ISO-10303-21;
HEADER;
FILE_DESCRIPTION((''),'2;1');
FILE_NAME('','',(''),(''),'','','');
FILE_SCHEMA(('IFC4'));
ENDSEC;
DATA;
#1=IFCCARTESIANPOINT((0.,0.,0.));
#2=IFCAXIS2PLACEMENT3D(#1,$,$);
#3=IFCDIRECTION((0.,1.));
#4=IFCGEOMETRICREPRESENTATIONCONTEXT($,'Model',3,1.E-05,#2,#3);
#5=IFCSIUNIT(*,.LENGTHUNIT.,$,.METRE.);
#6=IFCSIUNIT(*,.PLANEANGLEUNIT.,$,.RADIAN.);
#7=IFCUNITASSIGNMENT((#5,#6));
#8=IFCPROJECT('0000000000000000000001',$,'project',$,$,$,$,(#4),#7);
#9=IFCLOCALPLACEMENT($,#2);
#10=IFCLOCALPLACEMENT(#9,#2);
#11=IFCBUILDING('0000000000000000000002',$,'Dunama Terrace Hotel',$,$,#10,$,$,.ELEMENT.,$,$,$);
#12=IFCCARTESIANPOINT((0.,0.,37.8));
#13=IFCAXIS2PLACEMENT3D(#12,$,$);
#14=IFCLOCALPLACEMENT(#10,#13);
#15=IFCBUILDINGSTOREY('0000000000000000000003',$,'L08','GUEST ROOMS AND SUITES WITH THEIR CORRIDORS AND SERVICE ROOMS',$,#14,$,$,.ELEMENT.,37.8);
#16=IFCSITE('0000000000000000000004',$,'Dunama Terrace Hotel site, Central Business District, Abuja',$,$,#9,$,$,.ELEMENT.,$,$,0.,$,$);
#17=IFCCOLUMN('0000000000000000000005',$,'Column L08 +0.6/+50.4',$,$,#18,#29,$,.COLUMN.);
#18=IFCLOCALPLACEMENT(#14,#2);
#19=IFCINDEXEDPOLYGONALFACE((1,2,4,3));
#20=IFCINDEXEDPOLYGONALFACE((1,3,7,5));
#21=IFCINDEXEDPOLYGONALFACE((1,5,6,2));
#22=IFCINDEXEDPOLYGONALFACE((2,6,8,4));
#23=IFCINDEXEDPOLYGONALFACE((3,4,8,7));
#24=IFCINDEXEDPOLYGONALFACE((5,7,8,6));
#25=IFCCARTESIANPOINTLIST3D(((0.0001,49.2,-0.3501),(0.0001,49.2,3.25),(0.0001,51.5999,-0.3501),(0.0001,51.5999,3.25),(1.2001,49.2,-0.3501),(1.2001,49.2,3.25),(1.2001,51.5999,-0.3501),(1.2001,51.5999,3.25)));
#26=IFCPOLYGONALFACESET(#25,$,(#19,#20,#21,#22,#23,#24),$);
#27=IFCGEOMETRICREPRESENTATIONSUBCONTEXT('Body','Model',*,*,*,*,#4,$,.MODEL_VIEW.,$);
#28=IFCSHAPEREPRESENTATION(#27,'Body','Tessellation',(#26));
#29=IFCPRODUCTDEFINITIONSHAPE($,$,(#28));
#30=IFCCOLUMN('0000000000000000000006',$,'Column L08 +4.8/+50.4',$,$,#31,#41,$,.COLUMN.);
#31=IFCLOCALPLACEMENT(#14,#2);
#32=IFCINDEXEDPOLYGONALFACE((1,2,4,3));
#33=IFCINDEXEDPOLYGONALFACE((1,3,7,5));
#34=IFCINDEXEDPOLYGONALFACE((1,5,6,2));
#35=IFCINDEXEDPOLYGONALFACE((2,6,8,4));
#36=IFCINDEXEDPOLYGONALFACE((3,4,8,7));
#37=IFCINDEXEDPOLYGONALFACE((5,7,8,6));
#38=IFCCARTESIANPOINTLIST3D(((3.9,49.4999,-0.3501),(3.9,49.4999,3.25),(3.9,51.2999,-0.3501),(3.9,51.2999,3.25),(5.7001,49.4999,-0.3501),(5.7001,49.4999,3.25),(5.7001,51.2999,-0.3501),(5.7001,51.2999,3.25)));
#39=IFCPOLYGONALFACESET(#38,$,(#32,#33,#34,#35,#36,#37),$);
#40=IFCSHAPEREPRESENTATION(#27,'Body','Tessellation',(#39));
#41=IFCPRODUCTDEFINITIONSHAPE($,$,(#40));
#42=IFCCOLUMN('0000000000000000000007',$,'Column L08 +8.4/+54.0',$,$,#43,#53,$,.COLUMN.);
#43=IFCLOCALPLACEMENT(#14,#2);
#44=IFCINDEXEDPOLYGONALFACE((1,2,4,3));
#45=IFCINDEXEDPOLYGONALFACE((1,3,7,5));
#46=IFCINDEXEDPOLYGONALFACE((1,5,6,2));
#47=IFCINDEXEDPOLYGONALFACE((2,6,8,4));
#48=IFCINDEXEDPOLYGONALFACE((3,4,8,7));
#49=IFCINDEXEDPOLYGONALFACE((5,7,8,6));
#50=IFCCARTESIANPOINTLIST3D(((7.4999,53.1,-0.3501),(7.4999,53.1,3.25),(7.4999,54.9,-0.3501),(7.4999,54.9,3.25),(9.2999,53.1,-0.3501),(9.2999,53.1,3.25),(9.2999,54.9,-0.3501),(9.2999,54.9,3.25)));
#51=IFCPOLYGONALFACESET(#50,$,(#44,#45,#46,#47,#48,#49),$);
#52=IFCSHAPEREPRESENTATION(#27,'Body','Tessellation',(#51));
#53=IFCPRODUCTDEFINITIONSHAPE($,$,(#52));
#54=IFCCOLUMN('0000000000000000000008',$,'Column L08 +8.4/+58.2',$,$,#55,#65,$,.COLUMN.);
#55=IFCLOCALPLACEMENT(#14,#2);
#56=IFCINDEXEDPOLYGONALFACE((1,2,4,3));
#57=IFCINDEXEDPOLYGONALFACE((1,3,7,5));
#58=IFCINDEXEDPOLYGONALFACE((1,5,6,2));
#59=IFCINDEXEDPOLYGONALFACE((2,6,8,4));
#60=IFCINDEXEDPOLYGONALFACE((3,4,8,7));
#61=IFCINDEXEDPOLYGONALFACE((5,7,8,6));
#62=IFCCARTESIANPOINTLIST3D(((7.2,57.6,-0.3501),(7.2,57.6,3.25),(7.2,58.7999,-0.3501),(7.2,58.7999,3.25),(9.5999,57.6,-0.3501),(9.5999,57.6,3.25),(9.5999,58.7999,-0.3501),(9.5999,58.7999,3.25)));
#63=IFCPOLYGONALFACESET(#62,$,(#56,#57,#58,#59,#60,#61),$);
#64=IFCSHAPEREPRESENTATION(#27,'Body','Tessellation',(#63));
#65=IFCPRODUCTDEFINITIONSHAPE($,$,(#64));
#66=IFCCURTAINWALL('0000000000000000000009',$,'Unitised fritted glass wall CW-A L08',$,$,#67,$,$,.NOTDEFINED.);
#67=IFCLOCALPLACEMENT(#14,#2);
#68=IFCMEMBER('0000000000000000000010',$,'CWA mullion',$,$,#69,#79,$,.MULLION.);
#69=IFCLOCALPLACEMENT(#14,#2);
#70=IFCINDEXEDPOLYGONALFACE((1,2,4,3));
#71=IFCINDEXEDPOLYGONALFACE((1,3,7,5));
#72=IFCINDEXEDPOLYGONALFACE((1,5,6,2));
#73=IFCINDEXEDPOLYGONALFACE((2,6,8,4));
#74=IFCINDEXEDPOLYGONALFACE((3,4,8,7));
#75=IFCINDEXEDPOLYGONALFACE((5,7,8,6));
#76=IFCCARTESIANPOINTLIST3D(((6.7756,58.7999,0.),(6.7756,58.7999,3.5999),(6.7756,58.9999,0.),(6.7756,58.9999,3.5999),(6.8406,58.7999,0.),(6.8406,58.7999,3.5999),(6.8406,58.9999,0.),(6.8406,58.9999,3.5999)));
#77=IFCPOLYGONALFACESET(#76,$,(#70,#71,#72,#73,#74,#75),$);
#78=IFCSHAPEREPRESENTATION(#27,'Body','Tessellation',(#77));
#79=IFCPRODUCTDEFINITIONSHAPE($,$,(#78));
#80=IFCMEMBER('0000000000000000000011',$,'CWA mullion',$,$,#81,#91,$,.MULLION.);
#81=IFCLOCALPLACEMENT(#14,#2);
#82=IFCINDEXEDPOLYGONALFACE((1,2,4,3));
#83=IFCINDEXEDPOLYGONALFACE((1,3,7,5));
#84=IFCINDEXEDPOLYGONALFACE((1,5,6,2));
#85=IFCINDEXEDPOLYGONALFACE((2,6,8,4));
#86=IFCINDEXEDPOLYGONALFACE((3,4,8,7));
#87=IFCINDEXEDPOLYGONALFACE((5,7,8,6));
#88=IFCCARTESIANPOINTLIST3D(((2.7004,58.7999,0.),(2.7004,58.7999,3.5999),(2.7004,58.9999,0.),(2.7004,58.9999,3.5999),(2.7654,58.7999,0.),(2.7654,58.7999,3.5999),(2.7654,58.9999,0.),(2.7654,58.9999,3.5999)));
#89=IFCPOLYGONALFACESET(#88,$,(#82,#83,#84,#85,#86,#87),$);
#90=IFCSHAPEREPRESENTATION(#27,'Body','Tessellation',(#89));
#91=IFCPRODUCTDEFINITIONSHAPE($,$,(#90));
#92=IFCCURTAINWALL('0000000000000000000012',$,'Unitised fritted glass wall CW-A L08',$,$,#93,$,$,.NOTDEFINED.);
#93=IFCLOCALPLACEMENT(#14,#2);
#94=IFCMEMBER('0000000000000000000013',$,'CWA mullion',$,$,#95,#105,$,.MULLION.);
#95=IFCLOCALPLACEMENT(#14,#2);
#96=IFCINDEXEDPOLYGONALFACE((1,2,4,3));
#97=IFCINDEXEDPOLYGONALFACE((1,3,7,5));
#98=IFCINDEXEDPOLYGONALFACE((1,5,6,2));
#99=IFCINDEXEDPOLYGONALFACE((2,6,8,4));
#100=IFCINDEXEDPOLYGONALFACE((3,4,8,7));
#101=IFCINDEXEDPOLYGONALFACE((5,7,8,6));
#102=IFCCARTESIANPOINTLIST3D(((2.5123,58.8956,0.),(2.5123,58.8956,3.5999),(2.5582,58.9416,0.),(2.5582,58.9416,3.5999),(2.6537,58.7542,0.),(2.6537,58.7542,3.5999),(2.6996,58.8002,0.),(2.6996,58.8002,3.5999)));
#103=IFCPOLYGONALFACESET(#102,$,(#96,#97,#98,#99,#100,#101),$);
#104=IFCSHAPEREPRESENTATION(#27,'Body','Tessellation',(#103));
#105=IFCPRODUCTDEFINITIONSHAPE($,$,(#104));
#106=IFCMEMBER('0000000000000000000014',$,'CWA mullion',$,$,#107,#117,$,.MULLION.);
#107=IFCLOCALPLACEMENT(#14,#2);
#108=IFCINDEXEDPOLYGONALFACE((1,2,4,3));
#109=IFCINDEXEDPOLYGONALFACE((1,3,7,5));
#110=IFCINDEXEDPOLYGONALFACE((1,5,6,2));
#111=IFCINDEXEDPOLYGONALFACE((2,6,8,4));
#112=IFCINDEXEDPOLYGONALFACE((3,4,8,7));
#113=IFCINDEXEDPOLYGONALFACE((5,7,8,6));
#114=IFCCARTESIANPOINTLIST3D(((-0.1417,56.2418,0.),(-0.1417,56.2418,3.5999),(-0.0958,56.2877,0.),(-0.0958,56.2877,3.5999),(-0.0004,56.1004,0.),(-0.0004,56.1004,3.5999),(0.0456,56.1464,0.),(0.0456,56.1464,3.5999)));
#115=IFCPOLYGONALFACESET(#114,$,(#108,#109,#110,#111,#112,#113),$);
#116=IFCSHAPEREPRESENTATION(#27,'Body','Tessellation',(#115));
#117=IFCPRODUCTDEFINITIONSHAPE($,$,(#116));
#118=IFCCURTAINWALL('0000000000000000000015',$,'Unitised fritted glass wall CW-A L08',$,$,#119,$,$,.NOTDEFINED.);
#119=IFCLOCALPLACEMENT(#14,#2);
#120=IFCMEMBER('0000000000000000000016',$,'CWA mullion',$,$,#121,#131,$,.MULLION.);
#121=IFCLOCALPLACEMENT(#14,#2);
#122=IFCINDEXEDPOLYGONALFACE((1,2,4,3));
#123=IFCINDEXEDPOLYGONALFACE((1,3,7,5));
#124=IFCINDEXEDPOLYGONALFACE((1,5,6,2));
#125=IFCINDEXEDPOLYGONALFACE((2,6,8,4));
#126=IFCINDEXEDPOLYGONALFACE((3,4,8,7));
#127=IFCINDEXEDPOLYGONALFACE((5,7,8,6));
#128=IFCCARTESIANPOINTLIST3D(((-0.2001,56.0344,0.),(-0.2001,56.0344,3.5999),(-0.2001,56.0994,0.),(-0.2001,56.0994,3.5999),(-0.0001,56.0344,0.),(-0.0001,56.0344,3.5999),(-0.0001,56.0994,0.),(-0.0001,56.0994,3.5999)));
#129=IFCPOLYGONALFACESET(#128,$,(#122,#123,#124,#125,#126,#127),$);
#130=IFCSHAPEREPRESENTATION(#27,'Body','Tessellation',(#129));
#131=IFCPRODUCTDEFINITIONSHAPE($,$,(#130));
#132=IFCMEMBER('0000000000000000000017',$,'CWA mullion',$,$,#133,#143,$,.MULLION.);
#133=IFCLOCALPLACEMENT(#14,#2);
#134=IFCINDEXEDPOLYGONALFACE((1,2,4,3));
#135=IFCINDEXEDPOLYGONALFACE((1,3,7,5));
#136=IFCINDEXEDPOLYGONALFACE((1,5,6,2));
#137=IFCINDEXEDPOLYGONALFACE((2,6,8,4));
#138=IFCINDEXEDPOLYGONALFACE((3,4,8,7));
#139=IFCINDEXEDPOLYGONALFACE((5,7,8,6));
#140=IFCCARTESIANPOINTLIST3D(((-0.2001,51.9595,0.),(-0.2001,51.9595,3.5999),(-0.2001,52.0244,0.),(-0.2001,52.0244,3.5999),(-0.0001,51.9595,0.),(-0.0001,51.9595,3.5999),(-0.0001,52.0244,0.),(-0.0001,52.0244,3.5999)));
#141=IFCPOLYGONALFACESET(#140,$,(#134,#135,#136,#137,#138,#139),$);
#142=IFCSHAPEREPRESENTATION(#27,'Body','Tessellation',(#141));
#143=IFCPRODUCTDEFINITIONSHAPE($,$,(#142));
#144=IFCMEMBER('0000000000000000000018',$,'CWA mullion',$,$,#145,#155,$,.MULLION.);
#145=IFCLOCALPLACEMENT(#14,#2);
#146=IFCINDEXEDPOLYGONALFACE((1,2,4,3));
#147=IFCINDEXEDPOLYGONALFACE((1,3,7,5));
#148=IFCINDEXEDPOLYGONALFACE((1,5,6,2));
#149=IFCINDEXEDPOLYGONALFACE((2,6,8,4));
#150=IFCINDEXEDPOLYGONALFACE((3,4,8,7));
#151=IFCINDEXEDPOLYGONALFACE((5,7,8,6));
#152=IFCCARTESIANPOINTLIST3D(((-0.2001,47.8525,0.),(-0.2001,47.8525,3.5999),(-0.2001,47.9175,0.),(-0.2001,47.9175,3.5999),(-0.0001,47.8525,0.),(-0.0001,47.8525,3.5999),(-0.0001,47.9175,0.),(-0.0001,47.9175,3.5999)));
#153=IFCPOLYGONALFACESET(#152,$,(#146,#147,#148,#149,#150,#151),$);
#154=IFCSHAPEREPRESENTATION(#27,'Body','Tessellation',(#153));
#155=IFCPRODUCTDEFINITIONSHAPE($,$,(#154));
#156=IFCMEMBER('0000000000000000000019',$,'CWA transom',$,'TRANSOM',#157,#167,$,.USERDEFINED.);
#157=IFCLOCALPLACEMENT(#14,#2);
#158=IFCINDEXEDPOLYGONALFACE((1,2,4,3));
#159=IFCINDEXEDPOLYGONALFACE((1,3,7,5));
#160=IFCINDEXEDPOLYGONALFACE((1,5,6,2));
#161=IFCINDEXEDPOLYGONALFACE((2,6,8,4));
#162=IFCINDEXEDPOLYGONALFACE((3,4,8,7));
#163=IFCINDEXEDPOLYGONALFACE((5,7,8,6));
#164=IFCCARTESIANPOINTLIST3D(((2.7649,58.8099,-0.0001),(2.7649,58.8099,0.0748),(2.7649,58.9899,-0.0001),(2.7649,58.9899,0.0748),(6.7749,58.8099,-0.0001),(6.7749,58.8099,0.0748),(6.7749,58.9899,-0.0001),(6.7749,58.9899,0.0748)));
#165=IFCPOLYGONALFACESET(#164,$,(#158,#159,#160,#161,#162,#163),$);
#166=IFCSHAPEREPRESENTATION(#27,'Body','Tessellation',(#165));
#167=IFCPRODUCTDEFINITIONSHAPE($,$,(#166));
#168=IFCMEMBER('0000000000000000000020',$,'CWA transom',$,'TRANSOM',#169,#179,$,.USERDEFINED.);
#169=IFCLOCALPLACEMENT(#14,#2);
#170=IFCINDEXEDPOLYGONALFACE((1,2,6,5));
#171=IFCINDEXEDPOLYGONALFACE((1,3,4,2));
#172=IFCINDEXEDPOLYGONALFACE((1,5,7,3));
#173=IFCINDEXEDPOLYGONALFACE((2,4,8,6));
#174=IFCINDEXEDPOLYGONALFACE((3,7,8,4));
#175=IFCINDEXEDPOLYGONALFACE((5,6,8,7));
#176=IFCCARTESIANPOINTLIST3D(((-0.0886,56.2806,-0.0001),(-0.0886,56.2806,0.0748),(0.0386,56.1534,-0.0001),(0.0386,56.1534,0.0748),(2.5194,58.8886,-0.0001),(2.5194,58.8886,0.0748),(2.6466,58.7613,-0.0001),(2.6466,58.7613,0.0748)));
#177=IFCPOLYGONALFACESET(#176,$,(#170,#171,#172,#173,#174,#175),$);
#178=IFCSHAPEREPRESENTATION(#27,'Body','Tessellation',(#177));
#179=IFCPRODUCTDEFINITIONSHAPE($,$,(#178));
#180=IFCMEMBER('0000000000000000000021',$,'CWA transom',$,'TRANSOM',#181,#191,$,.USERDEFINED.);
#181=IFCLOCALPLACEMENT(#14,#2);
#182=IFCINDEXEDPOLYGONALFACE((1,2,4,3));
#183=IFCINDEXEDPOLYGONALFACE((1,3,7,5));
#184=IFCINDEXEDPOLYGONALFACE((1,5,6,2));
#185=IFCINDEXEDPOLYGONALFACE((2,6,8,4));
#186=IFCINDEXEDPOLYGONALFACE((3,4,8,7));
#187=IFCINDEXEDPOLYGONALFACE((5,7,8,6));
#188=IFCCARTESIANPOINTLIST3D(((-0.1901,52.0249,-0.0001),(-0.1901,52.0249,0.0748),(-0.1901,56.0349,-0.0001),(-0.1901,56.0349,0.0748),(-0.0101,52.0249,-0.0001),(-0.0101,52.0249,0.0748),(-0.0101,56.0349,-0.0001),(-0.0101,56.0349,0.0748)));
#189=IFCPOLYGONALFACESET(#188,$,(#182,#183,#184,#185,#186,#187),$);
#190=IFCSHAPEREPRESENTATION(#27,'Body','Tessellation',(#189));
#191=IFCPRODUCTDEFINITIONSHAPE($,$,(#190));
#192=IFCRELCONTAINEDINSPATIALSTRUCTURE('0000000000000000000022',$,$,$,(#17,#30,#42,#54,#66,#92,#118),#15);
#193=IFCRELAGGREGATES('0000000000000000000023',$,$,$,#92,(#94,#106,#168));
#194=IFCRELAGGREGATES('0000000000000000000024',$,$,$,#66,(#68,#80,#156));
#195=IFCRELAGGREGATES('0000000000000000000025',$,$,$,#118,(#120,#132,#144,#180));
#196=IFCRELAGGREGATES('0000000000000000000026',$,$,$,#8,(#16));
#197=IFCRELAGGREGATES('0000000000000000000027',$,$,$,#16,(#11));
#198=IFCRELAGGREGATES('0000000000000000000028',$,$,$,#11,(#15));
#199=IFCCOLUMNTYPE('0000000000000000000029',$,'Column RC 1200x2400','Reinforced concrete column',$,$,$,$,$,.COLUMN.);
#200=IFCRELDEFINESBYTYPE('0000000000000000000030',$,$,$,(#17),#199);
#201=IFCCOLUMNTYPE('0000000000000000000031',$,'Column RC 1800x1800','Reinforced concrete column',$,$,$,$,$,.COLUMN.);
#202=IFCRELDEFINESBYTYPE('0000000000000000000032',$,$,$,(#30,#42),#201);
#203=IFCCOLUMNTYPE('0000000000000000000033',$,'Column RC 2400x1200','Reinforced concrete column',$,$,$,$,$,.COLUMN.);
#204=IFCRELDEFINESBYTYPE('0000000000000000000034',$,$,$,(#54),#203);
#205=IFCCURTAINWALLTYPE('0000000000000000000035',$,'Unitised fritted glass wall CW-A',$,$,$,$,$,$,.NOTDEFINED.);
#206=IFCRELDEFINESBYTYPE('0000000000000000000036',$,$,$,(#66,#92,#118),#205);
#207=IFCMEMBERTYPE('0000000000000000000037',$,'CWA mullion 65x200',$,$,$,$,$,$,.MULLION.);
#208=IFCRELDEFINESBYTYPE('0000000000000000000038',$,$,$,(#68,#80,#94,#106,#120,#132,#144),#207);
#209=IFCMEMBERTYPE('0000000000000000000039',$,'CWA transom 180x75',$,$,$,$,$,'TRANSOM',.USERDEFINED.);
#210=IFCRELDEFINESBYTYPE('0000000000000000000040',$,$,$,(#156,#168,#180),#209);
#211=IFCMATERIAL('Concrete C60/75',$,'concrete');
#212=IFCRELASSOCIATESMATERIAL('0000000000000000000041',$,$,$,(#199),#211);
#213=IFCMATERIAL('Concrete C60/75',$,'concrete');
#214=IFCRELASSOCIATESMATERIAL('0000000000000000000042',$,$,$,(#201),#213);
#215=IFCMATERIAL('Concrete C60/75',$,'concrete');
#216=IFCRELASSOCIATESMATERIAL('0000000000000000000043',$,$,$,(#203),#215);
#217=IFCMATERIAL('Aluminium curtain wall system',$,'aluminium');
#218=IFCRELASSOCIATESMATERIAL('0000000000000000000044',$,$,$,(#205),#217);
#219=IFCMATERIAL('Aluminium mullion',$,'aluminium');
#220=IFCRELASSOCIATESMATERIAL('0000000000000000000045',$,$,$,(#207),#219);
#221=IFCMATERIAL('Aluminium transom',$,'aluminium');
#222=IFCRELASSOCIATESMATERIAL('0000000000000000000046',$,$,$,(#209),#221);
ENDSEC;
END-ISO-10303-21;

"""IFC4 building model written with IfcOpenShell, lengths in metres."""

from ifc_helpers import new_model, si_unit, direction, frame, origin, origin_2d, place, context, subcontext, project, spatial, rectangle, extrude, material, material_profile, profile_set, type_object, element, aggregate, save


model = new_model("IFC4")

# Units and contexts
model_context = context("Model", 3, precision=1e-05, world=origin(), true_north=direction((0.0, 1.0)))
body_context = subcontext(model_context, "Body", "Model", "MODEL_VIEW")
ifc_project = project(units=[si_unit("LENGTHUNIT", "METRE"), si_unit("PLANEANGLEUNIT", "RADIAN")], contexts=[model_context])

# Site, building, storey
site_placement = place(None, origin())
site = spatial("IfcSite", under=ifc_project, at=site_placement, Name="Dunama Terrace Hotel site, Central Business District, Abuja", CompositionType="ELEMENT", RefElevation=0.0)
building_placement = place(site_placement, origin())
building = spatial("IfcBuilding", under=site, at=building_placement, Name="Dunama Terrace Hotel", CompositionType="ELEMENT")
storey_placement = place(building_placement, frame((0.0, 0.0, 37.8)))
storey = spatial("IfcBuildingStorey", under=building, at=storey_placement, Name="L08", Description="GUEST ROOMS AND SUITES WITH THEIR CORRIDORS AND SERVICE ROOMS", CompositionType="ELEMENT", Elevation=37.8)

# Columns
ifc_material_1 = material(Name="Concrete C60/75", Category="concrete")
ifc_material_profile_1 = material_profile(ifc_material_1, rectangle(XDim=1.2, YDim=2.3999, at=origin_2d()), Name="RC 1200x2400")
ifc_profile_set_1 = profile_set([ifc_material_profile_1], Name="Concrete C60/75")
column_type_1 = type_object("IfcColumnType", Name="Column RC 1200x2400", Description="Reinforced concrete column", PredefinedType="COLUMN", material=ifc_profile_set_1)
column_1_placement = place(storey_placement, frame((0.6001, 50.3999, -0.3501), z_axis=(0.0, 0.0, 1.0), x_axis=(1.0, 0.0, 0.0)))
element("IfcColumn", 1, at=column_1_placement, inside=storey, type_object=column_type_1, Name="Column L08 +0.6/+50.4", PredefinedType="COLUMN", context=body_context, shape_type="SweptSolid", body=[
    extrude(rectangle(XDim=1.2, YDim=2.3999, at=origin_2d()), origin(), (0.0, 0.0, 1.0), 3.6001),
])
ifc_material_2 = material(Name="Concrete C60/75", Category="concrete")
ifc_material_profile_2 = material_profile(ifc_material_2, rectangle(XDim=1.8, YDim=1.8, at=origin_2d()), Name="RC 1800x1800")
ifc_profile_set_2 = profile_set([ifc_material_profile_2], Name="Concrete C60/75")
column_type_2 = type_object("IfcColumnType", Name="Column RC 1800x1800", Description="Reinforced concrete column", PredefinedType="COLUMN", material=ifc_profile_set_2)
for number, where, z_axis, x_axis, name in (
    (2, (4.8, 50.3999, -0.3501), (0.0, 0.0, 1.0), (1.0, 0.0, 0.0), "Column L08 +4.8/+50.4"),
    (3, (8.3999, 54.0, -0.3501), (0.0, 0.0, 1.0), (1.0, 0.0, 0.0), "Column L08 +8.4/+54.0"),
):
    element("IfcColumn", number, at=place(storey_placement, frame(where, z_axis=z_axis, x_axis=x_axis)), inside=storey, type_object=column_type_2, Name=name, PredefinedType="COLUMN", context=body_context, shape_type="SweptSolid", body=[
        extrude(rectangle(XDim=1.8, YDim=1.8, at=origin_2d()), origin(), (0.0, 0.0, 1.0), 3.6001),
    ])
ifc_material_3 = material(Name="Concrete C60/75", Category="concrete")
ifc_material_profile_3 = material_profile(ifc_material_3, rectangle(XDim=2.3999, YDim=1.2, at=origin_2d()), Name="RC 2400x1200")
ifc_profile_set_3 = profile_set([ifc_material_profile_3], Name="Concrete C60/75")
column_type_3 = type_object("IfcColumnType", Name="Column RC 2400x1200", Description="Reinforced concrete column", PredefinedType="COLUMN", material=ifc_profile_set_3)
column_2_placement = place(storey_placement, frame((8.3999, 58.2, -0.3501), z_axis=(0.0, 0.0, 1.0), x_axis=(1.0, 0.0, 0.0)))
element("IfcColumn", 4, at=column_2_placement, inside=storey, type_object=column_type_3, Name="Column L08 +8.4/+58.2", PredefinedType="COLUMN", context=body_context, shape_type="SweptSolid", body=[
    extrude(rectangle(XDim=2.3999, YDim=1.2, at=origin_2d()), origin(), (0.0, 0.0, 1.0), 3.6001),
])

# Curtain walls, members
ifc_material_4 = material(Name="Aluminium curtain wall system", Category="aluminium")
curtain_wall_type = type_object("IfcCurtainWallType", Name="Unitised fritted glass wall CW-A", PredefinedType="NOTDEFINED", material=ifc_material_4)
curtain_wall_1_placement = place(storey_placement, origin())
curtain_wall_1 = element("IfcCurtainWall", 5, at=curtain_wall_1_placement, inside=storey, type_object=curtain_wall_type, Name="Unitised fritted glass wall CW-A L08", PredefinedType="NOTDEFINED")
ifc_material_5 = material(Name="Aluminium mullion", Category="aluminium")
ifc_material_profile_4 = material_profile(ifc_material_5, rectangle(XDim=0.0649, YDim=0.2, at=origin_2d()), Name="CWA MULLION 65X200")
ifc_profile_set_4 = profile_set([ifc_material_profile_4], Name="Aluminium mullion")
member_type_1 = type_object("IfcMemberType", Name="CWA mullion 65x200", PredefinedType="MULLION", material=ifc_profile_set_4)
member_1_placement = place(storey_placement, frame((6.8081, 58.8999, 0.0), z_axis=(0.0, 0.0, 1.0), x_axis=(-1.0, 0.0, 0.0)))
member_1 = element("IfcMember", 6, at=member_1_placement, type_object=member_type_1, Name="CWA mullion", PredefinedType="MULLION", context=body_context, shape_type="SweptSolid", body=[
    extrude(rectangle(XDim=0.0649, YDim=0.2, at=origin_2d()), origin(), (0.0, 0.0, 1.0), 3.5999),
])
member_2_placement = place(storey_placement, frame((2.7329, 58.8999, 0.0), z_axis=(0.0, 0.0, 1.0), x_axis=(-1.0, 0.0, 0.0)))
member_2 = element("IfcMember", 7, at=member_2_placement, type_object=member_type_1, Name="CWA mullion", PredefinedType="MULLION", context=body_context, shape_type="SweptSolid", body=[
    extrude(rectangle(XDim=0.0649, YDim=0.2, at=origin_2d()), origin(), (0.0, 0.0, 1.0), 3.5999),
])
curtain_wall_2_placement = place(storey_placement, origin())
curtain_wall_2 = element("IfcCurtainWall", 8, at=curtain_wall_2_placement, inside=storey, type_object=curtain_wall_type, Name="Unitised fritted glass wall CW-A L08", PredefinedType="NOTDEFINED")
member_3_placement = place(storey_placement, frame((2.606, 58.8479, 0.0), z_axis=(0.0, 0.0, 1.0), x_axis=(-0.707107, -0.707107, 0.0)))
member_3 = element("IfcMember", 9, at=member_3_placement, type_object=member_type_1, Name="CWA mullion", PredefinedType="MULLION", context=body_context, shape_type="SweptSolid", body=[
    extrude(rectangle(XDim=0.0649, YDim=0.2, at=origin_2d()), origin(), (0.0, 0.0, 1.0), 3.5999),
])
member_4_placement = place(storey_placement, frame((-0.0481, 56.1941, 0.0), z_axis=(0.0, 0.0, 1.0), x_axis=(-0.707107, -0.707107, 0.0)))
member_4 = element("IfcMember", 10, at=member_4_placement, type_object=member_type_1, Name="CWA mullion", PredefinedType="MULLION", context=body_context, shape_type="SweptSolid", body=[
    extrude(rectangle(XDim=0.0649, YDim=0.2, at=origin_2d()), origin(), (0.0, 0.0, 1.0), 3.5999),
])
curtain_wall_3_placement = place(storey_placement, origin())
curtain_wall_3 = element("IfcCurtainWall", 11, at=curtain_wall_3_placement, inside=storey, type_object=curtain_wall_type, Name="Unitised fritted glass wall CW-A L08", PredefinedType="NOTDEFINED")
member_5_placement = place(storey_placement, frame((-0.1001, 56.0669, 0.0), z_axis=(0.0, 0.0, 1.0), x_axis=(0.0, -1.0, 0.0)))
member_5 = element("IfcMember", 12, at=member_5_placement, type_object=member_type_1, Name="CWA mullion", PredefinedType="MULLION", context=body_context, shape_type="SweptSolid", body=[
    extrude(rectangle(XDim=0.0649, YDim=0.2, at=origin_2d()), origin(), (0.0, 0.0, 1.0), 3.5999),
])
member_6_placement = place(storey_placement, frame((-0.1001, 51.9919, 0.0), z_axis=(0.0, 0.0, 1.0), x_axis=(0.0, -1.0, 0.0)))
member_6 = element("IfcMember", 13, at=member_6_placement, type_object=member_type_1, Name="CWA mullion", PredefinedType="MULLION", context=body_context, shape_type="SweptSolid", body=[
    extrude(rectangle(XDim=0.0649, YDim=0.2, at=origin_2d()), origin(), (0.0, 0.0, 1.0), 3.5999),
])
member_7_placement = place(storey_placement, frame((-0.1001, 47.885, 0.0), z_axis=(0.0, 0.0, 1.0), x_axis=(0.0, -1.0, 0.0)))
member_7 = element("IfcMember", 14, at=member_7_placement, type_object=member_type_1, Name="CWA mullion", PredefinedType="MULLION", context=body_context, shape_type="SweptSolid", body=[
    extrude(rectangle(XDim=0.0649, YDim=0.2, at=origin_2d()), origin(), (0.0, 0.0, 1.0), 3.5999),
])

# Members
ifc_material_6 = material(Name="Aluminium transom", Category="aluminium")
ifc_material_profile_5 = material_profile(ifc_material_6, rectangle(XDim=0.1799, YDim=0.075, at=origin_2d()), Name="CWA TRANSOM 180X75")
ifc_profile_set_5 = profile_set([ifc_material_profile_5], Name="Aluminium transom")
member_type_2 = type_object("IfcMemberType", Name="CWA transom 180x75", ElementType="TRANSOM", PredefinedType="USERDEFINED", material=ifc_profile_set_5)
member_8_placement = place(storey_placement, frame((6.7749, 58.8999, 0.0374), z_axis=(-1.0, 0.0, 0.0), x_axis=(0.0, -1.0, 0.0)))
member_8 = element("IfcMember", 15, at=member_8_placement, type_object=member_type_2, Name="CWA transom", ObjectType="TRANSOM", PredefinedType="USERDEFINED", context=body_context, shape_type="SweptSolid", body=[
    extrude(rectangle(XDim=0.1799, YDim=0.075, at=origin_2d()), origin(), (0.0, 0.0, 1.0), 4.01),
])
member_9_placement = place(storey_placement, frame((2.583, 58.825, 0.0374), z_axis=(-0.707107, -0.707107, 0.0), x_axis=(0.707107, -0.707107, 0.0)))
member_9 = element("IfcMember", 16, at=member_9_placement, type_object=member_type_2, Name="CWA transom", ObjectType="TRANSOM", PredefinedType="USERDEFINED", context=body_context, shape_type="SweptSolid", body=[
    extrude(rectangle(XDim=0.1799, YDim=0.075, at=origin_2d()), origin(), (0.0, 0.0, 1.0), 3.6882),
])
member_10_placement = place(storey_placement, frame((-0.1001, 56.0349, 0.0374), z_axis=(0.0, -1.0, 0.0), x_axis=(1.0, 0.0, 0.0)))
member_10 = element("IfcMember", 17, at=member_10_placement, type_object=member_type_2, Name="CWA transom", ObjectType="TRANSOM", PredefinedType="USERDEFINED", context=body_context, shape_type="SweptSolid", body=[
    extrude(rectangle(XDim=0.1799, YDim=0.075, at=origin_2d()), origin(), (0.0, 0.0, 1.0), 4.01),
])

aggregate(curtain_wall_2, [member_3, member_4, member_9])
aggregate(curtain_wall_1, [member_1, member_2, member_8])
aggregate(curtain_wall_3, [member_5, member_6, member_7, member_10])

save(model, "model.ifc")
